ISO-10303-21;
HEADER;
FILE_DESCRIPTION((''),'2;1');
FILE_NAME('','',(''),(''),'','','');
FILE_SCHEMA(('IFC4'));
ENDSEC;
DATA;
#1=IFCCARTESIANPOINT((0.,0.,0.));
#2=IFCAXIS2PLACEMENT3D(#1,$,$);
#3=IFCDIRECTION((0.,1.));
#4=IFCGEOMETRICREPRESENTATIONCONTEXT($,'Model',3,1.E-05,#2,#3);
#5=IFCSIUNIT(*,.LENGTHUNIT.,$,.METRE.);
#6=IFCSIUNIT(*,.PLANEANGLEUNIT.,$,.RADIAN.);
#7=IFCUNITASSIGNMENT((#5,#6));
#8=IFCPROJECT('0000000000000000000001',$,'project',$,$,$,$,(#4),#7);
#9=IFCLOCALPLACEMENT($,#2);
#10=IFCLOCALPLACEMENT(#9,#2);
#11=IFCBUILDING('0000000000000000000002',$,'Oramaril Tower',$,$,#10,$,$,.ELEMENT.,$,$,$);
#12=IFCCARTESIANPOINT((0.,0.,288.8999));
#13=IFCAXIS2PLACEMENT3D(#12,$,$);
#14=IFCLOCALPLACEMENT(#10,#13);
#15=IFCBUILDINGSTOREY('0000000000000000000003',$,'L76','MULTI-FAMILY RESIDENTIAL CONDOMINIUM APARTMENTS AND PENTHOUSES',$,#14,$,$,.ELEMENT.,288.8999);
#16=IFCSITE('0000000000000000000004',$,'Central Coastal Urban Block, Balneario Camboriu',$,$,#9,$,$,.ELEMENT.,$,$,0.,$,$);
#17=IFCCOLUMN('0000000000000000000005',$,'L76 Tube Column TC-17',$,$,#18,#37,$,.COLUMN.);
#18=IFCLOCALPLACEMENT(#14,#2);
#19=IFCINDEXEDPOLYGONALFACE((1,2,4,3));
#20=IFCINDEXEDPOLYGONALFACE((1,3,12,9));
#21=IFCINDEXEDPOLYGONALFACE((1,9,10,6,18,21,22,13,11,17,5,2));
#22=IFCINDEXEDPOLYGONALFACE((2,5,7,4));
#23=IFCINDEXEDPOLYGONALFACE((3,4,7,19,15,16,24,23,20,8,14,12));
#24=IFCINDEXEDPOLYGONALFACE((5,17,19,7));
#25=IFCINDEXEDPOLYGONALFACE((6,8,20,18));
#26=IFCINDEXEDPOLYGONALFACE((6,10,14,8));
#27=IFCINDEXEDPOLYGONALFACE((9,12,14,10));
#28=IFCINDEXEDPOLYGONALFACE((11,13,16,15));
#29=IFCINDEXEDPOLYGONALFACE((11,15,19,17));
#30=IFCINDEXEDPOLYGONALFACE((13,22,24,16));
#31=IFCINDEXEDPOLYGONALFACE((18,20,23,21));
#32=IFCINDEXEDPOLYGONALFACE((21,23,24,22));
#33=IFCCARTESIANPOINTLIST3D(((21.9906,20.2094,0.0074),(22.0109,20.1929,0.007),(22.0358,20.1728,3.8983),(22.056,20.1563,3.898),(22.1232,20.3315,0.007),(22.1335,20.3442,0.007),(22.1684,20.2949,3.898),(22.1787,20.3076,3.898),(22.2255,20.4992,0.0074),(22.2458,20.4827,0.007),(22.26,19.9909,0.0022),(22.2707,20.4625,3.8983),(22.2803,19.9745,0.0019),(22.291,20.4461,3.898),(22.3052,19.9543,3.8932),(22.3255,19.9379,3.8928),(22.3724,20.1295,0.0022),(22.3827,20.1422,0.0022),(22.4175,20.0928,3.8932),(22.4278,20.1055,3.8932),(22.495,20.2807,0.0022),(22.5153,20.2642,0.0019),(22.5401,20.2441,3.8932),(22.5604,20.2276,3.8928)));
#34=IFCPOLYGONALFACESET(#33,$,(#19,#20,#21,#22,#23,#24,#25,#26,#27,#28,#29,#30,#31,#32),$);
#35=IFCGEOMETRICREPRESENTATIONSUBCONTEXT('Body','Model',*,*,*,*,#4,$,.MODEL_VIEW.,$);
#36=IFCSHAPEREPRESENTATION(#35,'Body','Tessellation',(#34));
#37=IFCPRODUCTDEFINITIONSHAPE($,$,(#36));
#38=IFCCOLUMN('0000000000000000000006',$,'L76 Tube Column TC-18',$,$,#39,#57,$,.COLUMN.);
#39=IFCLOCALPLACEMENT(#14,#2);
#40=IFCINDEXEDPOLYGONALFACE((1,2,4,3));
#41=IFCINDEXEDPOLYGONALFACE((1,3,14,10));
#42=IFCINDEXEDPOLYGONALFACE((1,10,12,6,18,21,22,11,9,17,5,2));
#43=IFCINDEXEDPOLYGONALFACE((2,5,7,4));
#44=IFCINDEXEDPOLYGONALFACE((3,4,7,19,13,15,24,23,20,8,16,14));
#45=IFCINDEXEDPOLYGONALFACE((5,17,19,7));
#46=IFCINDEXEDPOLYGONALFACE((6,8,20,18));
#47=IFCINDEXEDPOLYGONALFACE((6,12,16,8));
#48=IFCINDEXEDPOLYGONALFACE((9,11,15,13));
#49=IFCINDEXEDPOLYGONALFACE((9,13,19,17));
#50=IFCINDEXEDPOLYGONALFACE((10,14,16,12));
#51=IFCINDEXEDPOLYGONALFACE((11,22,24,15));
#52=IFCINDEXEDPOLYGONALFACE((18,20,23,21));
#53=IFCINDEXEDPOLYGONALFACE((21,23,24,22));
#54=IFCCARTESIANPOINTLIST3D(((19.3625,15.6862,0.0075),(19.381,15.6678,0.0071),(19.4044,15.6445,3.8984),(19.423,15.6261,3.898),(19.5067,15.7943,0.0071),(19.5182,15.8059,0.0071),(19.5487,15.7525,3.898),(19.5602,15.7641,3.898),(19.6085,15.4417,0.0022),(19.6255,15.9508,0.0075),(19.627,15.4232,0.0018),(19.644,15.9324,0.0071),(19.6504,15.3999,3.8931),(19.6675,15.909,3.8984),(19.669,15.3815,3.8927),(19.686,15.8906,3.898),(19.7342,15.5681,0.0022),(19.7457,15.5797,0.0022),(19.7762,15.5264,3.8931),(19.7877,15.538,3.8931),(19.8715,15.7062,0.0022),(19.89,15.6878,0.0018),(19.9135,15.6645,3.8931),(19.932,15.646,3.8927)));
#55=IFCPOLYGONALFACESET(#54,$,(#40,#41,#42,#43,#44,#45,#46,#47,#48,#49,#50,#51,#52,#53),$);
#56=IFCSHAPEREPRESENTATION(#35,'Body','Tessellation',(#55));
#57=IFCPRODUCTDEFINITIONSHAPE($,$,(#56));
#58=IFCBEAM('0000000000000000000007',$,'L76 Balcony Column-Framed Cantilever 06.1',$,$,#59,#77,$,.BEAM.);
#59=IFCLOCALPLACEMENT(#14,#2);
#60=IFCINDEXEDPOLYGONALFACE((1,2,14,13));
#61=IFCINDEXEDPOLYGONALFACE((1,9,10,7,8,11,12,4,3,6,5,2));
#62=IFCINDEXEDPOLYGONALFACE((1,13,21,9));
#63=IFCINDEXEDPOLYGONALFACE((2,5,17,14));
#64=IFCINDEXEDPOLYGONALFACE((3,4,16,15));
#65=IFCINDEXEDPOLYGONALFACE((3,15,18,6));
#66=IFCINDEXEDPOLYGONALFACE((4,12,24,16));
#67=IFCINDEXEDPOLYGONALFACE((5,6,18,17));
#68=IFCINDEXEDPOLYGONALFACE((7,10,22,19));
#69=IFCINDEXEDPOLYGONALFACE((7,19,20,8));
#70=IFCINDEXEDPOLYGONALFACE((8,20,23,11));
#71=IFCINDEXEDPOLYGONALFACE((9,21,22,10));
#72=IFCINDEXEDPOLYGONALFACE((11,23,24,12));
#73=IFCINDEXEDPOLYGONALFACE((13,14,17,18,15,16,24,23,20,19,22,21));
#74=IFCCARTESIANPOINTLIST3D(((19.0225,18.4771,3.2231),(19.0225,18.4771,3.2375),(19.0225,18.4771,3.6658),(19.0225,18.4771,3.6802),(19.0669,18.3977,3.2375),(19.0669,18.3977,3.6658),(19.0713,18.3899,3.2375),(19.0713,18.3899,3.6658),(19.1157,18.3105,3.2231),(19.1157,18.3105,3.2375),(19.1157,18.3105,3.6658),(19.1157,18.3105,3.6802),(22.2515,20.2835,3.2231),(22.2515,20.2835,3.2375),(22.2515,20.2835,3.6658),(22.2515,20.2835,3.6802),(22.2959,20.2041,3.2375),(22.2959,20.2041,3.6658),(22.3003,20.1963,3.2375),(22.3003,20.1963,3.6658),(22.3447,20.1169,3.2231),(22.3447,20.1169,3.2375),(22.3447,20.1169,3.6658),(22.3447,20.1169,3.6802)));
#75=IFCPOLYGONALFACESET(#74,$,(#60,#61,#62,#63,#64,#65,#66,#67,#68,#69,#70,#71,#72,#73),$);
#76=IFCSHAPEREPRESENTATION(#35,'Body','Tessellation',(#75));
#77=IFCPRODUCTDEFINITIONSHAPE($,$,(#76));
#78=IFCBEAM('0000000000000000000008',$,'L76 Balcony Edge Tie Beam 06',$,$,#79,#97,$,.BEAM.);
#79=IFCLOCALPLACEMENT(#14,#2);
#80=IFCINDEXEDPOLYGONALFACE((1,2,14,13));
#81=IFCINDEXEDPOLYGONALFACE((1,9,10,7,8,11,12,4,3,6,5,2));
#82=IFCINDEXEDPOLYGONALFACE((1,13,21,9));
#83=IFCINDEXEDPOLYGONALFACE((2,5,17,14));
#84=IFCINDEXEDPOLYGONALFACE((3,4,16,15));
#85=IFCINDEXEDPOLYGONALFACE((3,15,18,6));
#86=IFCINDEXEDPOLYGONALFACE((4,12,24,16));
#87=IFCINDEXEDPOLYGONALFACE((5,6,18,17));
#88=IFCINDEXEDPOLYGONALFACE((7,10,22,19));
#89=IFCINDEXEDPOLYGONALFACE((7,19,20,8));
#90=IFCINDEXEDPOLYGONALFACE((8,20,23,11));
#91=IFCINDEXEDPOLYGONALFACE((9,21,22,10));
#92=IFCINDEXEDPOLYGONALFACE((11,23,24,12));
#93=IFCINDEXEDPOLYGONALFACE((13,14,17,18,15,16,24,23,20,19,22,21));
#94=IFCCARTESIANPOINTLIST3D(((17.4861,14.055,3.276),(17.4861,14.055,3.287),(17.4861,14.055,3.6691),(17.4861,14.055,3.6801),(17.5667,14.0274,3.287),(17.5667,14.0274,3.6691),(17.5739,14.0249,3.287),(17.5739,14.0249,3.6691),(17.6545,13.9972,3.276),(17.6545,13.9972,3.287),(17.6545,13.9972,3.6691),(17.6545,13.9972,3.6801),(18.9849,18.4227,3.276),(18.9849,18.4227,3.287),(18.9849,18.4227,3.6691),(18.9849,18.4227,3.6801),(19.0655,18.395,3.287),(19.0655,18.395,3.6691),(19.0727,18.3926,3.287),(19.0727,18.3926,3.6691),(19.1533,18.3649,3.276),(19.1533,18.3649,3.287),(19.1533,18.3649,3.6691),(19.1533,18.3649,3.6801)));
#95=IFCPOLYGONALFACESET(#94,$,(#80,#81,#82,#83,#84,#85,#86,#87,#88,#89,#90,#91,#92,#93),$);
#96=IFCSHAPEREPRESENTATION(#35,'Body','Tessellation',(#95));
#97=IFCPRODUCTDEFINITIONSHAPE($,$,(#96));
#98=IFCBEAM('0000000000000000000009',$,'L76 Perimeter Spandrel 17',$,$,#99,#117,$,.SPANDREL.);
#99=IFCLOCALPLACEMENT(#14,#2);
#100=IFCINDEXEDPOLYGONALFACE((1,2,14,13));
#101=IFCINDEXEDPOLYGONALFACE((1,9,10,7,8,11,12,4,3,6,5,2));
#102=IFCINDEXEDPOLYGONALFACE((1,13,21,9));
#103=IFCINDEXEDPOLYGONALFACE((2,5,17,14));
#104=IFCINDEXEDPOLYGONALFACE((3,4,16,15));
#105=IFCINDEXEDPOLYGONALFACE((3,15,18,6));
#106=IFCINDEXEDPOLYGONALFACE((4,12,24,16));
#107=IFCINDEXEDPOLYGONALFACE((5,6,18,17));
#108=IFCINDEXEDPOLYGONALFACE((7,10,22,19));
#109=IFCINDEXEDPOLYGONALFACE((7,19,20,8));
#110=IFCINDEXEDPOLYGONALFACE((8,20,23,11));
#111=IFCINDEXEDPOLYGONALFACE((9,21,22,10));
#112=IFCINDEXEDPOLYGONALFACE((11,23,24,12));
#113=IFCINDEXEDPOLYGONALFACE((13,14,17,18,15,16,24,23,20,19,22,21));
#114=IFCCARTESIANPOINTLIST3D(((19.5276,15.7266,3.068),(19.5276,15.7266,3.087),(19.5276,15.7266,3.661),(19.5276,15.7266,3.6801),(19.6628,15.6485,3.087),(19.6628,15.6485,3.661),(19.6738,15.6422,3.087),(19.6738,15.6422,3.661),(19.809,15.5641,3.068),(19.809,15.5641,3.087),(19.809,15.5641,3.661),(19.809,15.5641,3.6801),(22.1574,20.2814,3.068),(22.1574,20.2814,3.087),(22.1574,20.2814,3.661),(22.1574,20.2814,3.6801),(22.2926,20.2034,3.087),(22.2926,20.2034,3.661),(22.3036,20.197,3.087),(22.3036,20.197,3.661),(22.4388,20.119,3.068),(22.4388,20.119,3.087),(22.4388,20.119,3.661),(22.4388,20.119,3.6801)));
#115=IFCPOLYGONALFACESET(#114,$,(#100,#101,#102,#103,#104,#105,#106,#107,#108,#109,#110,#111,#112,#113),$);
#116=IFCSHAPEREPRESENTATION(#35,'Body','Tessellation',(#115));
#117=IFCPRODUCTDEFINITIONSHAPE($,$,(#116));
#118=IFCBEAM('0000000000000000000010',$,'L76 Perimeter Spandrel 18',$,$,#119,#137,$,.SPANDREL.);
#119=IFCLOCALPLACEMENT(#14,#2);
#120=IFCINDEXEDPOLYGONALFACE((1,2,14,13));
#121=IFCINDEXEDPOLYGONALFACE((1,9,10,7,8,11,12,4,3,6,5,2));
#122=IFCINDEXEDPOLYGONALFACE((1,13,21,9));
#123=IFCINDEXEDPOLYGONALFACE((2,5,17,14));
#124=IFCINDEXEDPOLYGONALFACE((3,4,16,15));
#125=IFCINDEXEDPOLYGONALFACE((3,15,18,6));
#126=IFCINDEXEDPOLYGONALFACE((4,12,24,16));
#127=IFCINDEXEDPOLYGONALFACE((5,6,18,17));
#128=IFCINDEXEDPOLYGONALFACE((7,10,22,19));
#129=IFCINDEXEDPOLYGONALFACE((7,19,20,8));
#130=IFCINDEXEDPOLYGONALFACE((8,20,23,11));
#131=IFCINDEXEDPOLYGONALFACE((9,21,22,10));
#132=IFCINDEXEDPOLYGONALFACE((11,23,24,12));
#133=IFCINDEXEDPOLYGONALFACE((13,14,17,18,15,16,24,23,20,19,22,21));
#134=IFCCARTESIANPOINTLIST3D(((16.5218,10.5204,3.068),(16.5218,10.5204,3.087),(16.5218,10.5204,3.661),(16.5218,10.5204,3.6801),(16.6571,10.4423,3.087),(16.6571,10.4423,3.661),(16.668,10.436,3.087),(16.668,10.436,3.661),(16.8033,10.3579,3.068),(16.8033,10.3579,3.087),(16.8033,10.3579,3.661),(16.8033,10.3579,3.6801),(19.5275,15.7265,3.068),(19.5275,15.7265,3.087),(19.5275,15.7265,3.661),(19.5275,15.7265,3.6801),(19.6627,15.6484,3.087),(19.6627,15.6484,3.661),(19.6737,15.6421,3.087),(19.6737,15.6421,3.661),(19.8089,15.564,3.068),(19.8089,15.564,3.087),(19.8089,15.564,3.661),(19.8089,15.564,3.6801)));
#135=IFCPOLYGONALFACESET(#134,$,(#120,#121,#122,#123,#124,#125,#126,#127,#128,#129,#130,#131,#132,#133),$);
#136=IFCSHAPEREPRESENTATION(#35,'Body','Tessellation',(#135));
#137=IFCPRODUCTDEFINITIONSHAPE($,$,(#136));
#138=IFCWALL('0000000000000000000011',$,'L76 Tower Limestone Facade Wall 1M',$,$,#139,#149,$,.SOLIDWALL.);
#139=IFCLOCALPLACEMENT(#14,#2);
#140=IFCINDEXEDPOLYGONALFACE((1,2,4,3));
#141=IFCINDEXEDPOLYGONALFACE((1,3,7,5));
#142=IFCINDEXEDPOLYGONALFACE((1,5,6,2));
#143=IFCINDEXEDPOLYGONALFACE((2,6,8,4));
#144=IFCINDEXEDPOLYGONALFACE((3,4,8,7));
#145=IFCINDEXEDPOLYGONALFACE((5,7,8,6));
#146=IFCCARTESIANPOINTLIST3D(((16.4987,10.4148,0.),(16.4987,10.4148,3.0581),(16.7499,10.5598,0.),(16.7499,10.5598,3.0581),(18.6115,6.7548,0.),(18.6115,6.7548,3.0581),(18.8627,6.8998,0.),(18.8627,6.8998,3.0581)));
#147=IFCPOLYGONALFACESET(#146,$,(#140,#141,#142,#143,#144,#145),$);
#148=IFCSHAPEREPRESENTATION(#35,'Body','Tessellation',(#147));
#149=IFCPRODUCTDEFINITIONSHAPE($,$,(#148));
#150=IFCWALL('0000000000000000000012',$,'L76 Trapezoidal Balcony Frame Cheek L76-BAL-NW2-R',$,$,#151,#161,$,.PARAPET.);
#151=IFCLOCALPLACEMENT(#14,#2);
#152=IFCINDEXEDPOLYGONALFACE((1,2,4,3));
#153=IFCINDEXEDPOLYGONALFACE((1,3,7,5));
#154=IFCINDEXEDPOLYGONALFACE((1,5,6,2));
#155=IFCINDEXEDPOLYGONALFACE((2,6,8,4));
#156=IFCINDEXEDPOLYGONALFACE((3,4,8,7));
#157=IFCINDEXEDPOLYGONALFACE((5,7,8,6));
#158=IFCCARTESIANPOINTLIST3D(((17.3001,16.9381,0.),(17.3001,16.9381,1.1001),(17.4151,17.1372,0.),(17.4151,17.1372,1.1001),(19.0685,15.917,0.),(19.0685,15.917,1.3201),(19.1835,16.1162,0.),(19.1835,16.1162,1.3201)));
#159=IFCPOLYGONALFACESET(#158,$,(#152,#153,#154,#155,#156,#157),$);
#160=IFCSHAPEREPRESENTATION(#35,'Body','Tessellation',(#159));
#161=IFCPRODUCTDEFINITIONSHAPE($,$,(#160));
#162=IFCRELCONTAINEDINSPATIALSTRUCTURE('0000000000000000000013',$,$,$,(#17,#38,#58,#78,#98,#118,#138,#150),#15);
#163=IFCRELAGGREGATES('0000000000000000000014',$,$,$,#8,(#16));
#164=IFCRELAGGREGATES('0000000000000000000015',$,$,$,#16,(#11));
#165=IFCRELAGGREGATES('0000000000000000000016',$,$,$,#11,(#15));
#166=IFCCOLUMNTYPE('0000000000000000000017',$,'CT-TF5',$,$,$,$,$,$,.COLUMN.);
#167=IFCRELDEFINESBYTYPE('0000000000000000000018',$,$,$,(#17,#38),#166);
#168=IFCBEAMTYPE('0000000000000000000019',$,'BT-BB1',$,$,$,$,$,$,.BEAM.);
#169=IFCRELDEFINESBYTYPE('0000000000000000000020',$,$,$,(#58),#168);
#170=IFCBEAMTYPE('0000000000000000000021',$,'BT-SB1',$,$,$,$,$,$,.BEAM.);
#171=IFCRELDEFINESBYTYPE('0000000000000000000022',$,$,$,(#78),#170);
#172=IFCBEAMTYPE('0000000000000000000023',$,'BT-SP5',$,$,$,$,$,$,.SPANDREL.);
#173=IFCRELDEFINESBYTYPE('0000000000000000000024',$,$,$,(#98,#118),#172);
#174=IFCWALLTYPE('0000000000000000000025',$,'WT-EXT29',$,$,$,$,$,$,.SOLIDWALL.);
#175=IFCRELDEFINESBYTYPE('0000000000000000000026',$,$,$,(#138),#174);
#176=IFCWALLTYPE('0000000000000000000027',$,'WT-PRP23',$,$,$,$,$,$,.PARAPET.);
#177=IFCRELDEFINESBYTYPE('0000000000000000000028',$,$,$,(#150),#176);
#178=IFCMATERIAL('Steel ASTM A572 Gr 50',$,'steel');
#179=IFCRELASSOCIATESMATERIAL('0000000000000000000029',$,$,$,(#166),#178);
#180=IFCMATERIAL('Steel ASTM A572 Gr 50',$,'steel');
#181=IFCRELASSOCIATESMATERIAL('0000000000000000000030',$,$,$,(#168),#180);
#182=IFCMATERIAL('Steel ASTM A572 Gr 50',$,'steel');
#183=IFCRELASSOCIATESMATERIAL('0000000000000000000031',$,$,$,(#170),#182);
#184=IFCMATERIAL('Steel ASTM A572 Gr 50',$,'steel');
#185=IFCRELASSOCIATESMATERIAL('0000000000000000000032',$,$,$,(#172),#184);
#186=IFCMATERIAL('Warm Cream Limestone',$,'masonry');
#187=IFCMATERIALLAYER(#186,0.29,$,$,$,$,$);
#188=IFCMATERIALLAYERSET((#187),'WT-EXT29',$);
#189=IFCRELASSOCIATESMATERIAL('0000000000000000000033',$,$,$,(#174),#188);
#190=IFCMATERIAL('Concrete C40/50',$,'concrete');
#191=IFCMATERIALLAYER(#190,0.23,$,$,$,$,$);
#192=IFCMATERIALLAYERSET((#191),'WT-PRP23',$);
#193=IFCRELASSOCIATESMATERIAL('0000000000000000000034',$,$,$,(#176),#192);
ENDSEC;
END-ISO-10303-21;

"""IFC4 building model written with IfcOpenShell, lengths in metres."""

from ifc_helpers import new_model, si_unit, direction, frame, frame_2d, origin, origin_2d, place, context, subcontext, project, spatial, polyline, rectangle, i_section, outline, extrude, material, layer, layer_set, material_profile, profile_set, type_object, element, save


model = new_model("IFC4")

# Units and contexts
model_context = context("Model", 3, precision=1e-05, world=origin(), true_north=direction((0.0, 1.0)))
body_context = subcontext(model_context, "Body", "Model", "MODEL_VIEW")
ifc_project = project(units=[si_unit("LENGTHUNIT", "METRE"), si_unit("PLANEANGLEUNIT", "RADIAN")], contexts=[model_context])

# Site, building, storey
site_placement = place(None, origin())
site = spatial("IfcSite", under=ifc_project, at=site_placement, Name="Central Coastal Urban Block, Balneario Camboriu", CompositionType="ELEMENT", RefElevation=0.0)
building_placement = place(site_placement, origin())
building = spatial("IfcBuilding", under=site, at=building_placement, Name="Oramaril Tower", CompositionType="ELEMENT")
storey_placement = place(building_placement, frame((0.0, 0.0, 288.8999)))
storey = spatial("IfcBuildingStorey", under=building, at=storey_placement, Name="L76", Description="MULTI-FAMILY RESIDENTIAL CONDOMINIUM APARTMENTS AND PENTHOUSES", CompositionType="ELEMENT", Elevation=288.8999)

# Columns
ifc_material_1 = material(Name="Steel ASTM A572 Gr 50", Category="steel")
ifc_material_profile_1 = material_profile(ifc_material_1, i_section(OverallWidth=0.373, OverallDepth=0.373, WebThickness=0.0164, FlangeThickness=0.0261, at=origin_2d()), Name="W14X132")
ifc_profile_set_1 = profile_set([ifc_material_profile_1], Name="Steel ASTM A572 Gr 50")
column_type = type_object("IfcColumnType", Name="CT-TF5", PredefinedType="COLUMN", material=ifc_profile_set_1)
for number, where, z_axis, x_axis, name in (
    (1, (22.2529, 20.2368, 0.0046), (0.011607, -0.009411, 0.999888), (0.629802, 0.776756, 0.0), "L76 Tube Column TC-17"),
    (2, (19.6262, 15.687, 0.0046), (0.010791, -0.010729, 0.999884), (0.705042, 0.709165, 0.0), "L76 Tube Column TC-18"),
):
    element("IfcColumn", number, at=place(storey_placement, frame(where, z_axis=z_axis, x_axis=x_axis)), inside=storey, type_object=column_type, Name=name, PredefinedType="COLUMN", context=body_context, shape_type="SweptSolid", body=[
        extrude(i_section(OverallWidth=0.373, OverallDepth=0.373, WebThickness=0.0164, FlangeThickness=0.0261, at=origin_2d()), origin(), (0.0, 0.0, 1.0), 3.8914),
    ])

# Beams
ifc_material_2 = material(Name="Steel ASTM A572 Gr 50", Category="steel")
ifc_material_profile_2 = material_profile(ifc_material_2, i_section(OverallWidth=0.1909, OverallDepth=0.457, WebThickness=0.009, FlangeThickness=0.0144, at=origin_2d()), Name="W18X50")
ifc_profile_set_2 = profile_set([ifc_material_profile_2], Name="Steel ASTM A572 Gr 50")
beam_type_1 = type_object("IfcBeamType", Name="BT-BB1", PredefinedType="BEAM", material=ifc_profile_set_2)
beam_1_placement = place(storey_placement, frame((22.2981, 20.2002, 3.4517), z_axis=(-0.872719, -0.488224, 0.0), x_axis=(0.488224, -0.872719, 0.0)))
element("IfcBeam", 3, at=beam_1_placement, inside=storey, type_object=beam_type_1, Name="L76 Balcony Column-Framed Cantilever 06.1", PredefinedType="BEAM", context=body_context, shape_type="SweptSolid", body=[
    extrude(i_section(OverallWidth=0.1909, OverallDepth=0.457, WebThickness=0.009, FlangeThickness=0.0144, at=origin_2d()), origin(), (0.0, 0.0, 1.0), 3.7),
])
ifc_material_3 = material(Name="Steel ASTM A572 Gr 50", Category="steel")
ifc_material_profile_3 = material_profile(ifc_material_3, i_section(OverallWidth=0.178, OverallDepth=0.4041, WebThickness=0.0076, FlangeThickness=0.011, at=origin_2d()), Name="W16X36")
ifc_profile_set_3 = profile_set([ifc_material_profile_3], Name="Steel ASTM A572 Gr 50")
beam_type_2 = type_object("IfcBeamType", Name="BT-SB1", PredefinedType="BEAM", material=ifc_profile_set_3)
beam_2_placement = place(storey_placement, frame((19.0691, 18.3938, 3.478), z_axis=(-0.324574, -0.94586, 0.0), x_axis=(0.94586, -0.324574, 0.0)))
element("IfcBeam", 4, at=beam_2_placement, inside=storey, type_object=beam_type_2, Name="L76 Balcony Edge Tie Beam 06", PredefinedType="BEAM", context=body_context, shape_type="SweptSolid", body=[
    extrude(i_section(OverallWidth=0.178, OverallDepth=0.4041, WebThickness=0.0076, FlangeThickness=0.011, at=origin_2d()), origin(), (0.0, 0.0, 1.0), 4.6177),
])
ifc_material_4 = material(Name="Steel ASTM A572 Gr 50", Category="steel")
ifc_material_profile_4 = material_profile(ifc_material_4, i_section(OverallWidth=0.325, OverallDepth=0.6121, WebThickness=0.0127, FlangeThickness=0.019, at=origin_2d()), Name="W24X104")
ifc_profile_set_4 = profile_set([ifc_material_profile_4], Name="Steel ASTM A572 Gr 50")
beam_type_3 = type_object("IfcBeamType", Name="BT-SP5", PredefinedType="SPANDREL", material=ifc_profile_set_4)
beam_3_placement = place(storey_placement, frame((22.2981, 20.2002, 3.374), z_axis=(-0.500013, -0.866018, 0.0), x_axis=(0.866018, -0.500013, 0.0)))
element("IfcBeam", 5, at=beam_3_placement, inside=storey, type_object=beam_type_3, Name="L76 Perimeter Spandrel 17", PredefinedType="SPANDREL", context=body_context, shape_type="SweptSolid", body=[
    extrude(i_section(OverallWidth=0.325, OverallDepth=0.6121, WebThickness=0.0127, FlangeThickness=0.019, at=origin_2d()), origin(), (0.0, 0.0, 1.0), 5.2595),
])
beam_4_placement = place(storey_placement, frame((19.6682, 15.6453, 3.374), z_axis=(-0.499987, -0.866033, 0.0), x_axis=(0.866033, -0.499987, 0.0)))
element("IfcBeam", 6, at=beam_4_placement, inside=storey, type_object=beam_type_3, Name="L76 Perimeter Spandrel 18", PredefinedType="SPANDREL", context=body_context, shape_type="SweptSolid", body=[
    extrude(i_section(OverallWidth=0.325, OverallDepth=0.6121, WebThickness=0.0127, FlangeThickness=0.019, at=origin_2d()), origin(), (0.0, 0.0, 1.0), 6.0115),
])

# Walls
ifc_material_5 = material(Name="Warm Cream Limestone", Category="masonry")
ifc_layer_1 = layer(ifc_material_5, 0.29)
ifc_layer_set_1 = layer_set([ifc_layer_1], Name="WT-EXT29")
wall_type_1 = type_object("IfcWallType", Name="WT-EXT29", PredefinedType="SOLIDWALL", material=ifc_layer_set_1)
wall_1_placement = place(storey_placement, frame((16.6243, 10.4873, 0.0), z_axis=(0.0, 0.0, 1.0), x_axis=(0.499954, -0.866052, 0.0)))
element("IfcWall", 7, at=wall_1_placement, inside=storey, type_object=wall_type_1, Name="L76 Tower Limestone Facade Wall 1M", PredefinedType="SOLIDWALL", context=body_context, shape_type="SweptSolid", body=[
    extrude(rectangle(XDim=4.2261, YDim=0.29, at=frame_2d((2.113, 0.0))), origin(), (0.0, 0.0, 1.0), 3.0581),
])
ifc_material_6 = material(Name="Concrete C40/50", Category="concrete")
ifc_layer_2 = layer(ifc_material_6, 0.23)
ifc_layer_set_2 = layer_set([ifc_layer_2], Name="WT-PRP23")
wall_type_2 = type_object("IfcWallType", Name="WT-PRP23", PredefinedType="PARAPET", material=ifc_layer_set_2)
wall_2_placement = place(storey_placement, frame((19.126, 16.0166, 0.0), z_axis=(0.0, 0.0, 1.0), x_axis=(-0.866012, 0.500023, 0.0)))
element("IfcWall", 8, at=wall_2_placement, inside=storey, type_object=wall_type_2, Name="L76 Trapezoidal Balcony Frame Cheek L76-BAL-NW2-R", PredefinedType="PARAPET", context=body_context, shape_type="SweptSolid", body=[
    extrude(outline(polyline([(0.0, 0.0), (2.042, 0.0), (2.042, 1.1001), (0.0, 1.3201), (0.0, 0.0)])), frame((0.0, 0.115, 0.0), z_axis=(0.0, -1.0, 0.0), x_axis=(1.0, 0.0, 0.0)), (0.0, 0.0, 1.0), 0.23),
])

save(model, "model.ifc")
